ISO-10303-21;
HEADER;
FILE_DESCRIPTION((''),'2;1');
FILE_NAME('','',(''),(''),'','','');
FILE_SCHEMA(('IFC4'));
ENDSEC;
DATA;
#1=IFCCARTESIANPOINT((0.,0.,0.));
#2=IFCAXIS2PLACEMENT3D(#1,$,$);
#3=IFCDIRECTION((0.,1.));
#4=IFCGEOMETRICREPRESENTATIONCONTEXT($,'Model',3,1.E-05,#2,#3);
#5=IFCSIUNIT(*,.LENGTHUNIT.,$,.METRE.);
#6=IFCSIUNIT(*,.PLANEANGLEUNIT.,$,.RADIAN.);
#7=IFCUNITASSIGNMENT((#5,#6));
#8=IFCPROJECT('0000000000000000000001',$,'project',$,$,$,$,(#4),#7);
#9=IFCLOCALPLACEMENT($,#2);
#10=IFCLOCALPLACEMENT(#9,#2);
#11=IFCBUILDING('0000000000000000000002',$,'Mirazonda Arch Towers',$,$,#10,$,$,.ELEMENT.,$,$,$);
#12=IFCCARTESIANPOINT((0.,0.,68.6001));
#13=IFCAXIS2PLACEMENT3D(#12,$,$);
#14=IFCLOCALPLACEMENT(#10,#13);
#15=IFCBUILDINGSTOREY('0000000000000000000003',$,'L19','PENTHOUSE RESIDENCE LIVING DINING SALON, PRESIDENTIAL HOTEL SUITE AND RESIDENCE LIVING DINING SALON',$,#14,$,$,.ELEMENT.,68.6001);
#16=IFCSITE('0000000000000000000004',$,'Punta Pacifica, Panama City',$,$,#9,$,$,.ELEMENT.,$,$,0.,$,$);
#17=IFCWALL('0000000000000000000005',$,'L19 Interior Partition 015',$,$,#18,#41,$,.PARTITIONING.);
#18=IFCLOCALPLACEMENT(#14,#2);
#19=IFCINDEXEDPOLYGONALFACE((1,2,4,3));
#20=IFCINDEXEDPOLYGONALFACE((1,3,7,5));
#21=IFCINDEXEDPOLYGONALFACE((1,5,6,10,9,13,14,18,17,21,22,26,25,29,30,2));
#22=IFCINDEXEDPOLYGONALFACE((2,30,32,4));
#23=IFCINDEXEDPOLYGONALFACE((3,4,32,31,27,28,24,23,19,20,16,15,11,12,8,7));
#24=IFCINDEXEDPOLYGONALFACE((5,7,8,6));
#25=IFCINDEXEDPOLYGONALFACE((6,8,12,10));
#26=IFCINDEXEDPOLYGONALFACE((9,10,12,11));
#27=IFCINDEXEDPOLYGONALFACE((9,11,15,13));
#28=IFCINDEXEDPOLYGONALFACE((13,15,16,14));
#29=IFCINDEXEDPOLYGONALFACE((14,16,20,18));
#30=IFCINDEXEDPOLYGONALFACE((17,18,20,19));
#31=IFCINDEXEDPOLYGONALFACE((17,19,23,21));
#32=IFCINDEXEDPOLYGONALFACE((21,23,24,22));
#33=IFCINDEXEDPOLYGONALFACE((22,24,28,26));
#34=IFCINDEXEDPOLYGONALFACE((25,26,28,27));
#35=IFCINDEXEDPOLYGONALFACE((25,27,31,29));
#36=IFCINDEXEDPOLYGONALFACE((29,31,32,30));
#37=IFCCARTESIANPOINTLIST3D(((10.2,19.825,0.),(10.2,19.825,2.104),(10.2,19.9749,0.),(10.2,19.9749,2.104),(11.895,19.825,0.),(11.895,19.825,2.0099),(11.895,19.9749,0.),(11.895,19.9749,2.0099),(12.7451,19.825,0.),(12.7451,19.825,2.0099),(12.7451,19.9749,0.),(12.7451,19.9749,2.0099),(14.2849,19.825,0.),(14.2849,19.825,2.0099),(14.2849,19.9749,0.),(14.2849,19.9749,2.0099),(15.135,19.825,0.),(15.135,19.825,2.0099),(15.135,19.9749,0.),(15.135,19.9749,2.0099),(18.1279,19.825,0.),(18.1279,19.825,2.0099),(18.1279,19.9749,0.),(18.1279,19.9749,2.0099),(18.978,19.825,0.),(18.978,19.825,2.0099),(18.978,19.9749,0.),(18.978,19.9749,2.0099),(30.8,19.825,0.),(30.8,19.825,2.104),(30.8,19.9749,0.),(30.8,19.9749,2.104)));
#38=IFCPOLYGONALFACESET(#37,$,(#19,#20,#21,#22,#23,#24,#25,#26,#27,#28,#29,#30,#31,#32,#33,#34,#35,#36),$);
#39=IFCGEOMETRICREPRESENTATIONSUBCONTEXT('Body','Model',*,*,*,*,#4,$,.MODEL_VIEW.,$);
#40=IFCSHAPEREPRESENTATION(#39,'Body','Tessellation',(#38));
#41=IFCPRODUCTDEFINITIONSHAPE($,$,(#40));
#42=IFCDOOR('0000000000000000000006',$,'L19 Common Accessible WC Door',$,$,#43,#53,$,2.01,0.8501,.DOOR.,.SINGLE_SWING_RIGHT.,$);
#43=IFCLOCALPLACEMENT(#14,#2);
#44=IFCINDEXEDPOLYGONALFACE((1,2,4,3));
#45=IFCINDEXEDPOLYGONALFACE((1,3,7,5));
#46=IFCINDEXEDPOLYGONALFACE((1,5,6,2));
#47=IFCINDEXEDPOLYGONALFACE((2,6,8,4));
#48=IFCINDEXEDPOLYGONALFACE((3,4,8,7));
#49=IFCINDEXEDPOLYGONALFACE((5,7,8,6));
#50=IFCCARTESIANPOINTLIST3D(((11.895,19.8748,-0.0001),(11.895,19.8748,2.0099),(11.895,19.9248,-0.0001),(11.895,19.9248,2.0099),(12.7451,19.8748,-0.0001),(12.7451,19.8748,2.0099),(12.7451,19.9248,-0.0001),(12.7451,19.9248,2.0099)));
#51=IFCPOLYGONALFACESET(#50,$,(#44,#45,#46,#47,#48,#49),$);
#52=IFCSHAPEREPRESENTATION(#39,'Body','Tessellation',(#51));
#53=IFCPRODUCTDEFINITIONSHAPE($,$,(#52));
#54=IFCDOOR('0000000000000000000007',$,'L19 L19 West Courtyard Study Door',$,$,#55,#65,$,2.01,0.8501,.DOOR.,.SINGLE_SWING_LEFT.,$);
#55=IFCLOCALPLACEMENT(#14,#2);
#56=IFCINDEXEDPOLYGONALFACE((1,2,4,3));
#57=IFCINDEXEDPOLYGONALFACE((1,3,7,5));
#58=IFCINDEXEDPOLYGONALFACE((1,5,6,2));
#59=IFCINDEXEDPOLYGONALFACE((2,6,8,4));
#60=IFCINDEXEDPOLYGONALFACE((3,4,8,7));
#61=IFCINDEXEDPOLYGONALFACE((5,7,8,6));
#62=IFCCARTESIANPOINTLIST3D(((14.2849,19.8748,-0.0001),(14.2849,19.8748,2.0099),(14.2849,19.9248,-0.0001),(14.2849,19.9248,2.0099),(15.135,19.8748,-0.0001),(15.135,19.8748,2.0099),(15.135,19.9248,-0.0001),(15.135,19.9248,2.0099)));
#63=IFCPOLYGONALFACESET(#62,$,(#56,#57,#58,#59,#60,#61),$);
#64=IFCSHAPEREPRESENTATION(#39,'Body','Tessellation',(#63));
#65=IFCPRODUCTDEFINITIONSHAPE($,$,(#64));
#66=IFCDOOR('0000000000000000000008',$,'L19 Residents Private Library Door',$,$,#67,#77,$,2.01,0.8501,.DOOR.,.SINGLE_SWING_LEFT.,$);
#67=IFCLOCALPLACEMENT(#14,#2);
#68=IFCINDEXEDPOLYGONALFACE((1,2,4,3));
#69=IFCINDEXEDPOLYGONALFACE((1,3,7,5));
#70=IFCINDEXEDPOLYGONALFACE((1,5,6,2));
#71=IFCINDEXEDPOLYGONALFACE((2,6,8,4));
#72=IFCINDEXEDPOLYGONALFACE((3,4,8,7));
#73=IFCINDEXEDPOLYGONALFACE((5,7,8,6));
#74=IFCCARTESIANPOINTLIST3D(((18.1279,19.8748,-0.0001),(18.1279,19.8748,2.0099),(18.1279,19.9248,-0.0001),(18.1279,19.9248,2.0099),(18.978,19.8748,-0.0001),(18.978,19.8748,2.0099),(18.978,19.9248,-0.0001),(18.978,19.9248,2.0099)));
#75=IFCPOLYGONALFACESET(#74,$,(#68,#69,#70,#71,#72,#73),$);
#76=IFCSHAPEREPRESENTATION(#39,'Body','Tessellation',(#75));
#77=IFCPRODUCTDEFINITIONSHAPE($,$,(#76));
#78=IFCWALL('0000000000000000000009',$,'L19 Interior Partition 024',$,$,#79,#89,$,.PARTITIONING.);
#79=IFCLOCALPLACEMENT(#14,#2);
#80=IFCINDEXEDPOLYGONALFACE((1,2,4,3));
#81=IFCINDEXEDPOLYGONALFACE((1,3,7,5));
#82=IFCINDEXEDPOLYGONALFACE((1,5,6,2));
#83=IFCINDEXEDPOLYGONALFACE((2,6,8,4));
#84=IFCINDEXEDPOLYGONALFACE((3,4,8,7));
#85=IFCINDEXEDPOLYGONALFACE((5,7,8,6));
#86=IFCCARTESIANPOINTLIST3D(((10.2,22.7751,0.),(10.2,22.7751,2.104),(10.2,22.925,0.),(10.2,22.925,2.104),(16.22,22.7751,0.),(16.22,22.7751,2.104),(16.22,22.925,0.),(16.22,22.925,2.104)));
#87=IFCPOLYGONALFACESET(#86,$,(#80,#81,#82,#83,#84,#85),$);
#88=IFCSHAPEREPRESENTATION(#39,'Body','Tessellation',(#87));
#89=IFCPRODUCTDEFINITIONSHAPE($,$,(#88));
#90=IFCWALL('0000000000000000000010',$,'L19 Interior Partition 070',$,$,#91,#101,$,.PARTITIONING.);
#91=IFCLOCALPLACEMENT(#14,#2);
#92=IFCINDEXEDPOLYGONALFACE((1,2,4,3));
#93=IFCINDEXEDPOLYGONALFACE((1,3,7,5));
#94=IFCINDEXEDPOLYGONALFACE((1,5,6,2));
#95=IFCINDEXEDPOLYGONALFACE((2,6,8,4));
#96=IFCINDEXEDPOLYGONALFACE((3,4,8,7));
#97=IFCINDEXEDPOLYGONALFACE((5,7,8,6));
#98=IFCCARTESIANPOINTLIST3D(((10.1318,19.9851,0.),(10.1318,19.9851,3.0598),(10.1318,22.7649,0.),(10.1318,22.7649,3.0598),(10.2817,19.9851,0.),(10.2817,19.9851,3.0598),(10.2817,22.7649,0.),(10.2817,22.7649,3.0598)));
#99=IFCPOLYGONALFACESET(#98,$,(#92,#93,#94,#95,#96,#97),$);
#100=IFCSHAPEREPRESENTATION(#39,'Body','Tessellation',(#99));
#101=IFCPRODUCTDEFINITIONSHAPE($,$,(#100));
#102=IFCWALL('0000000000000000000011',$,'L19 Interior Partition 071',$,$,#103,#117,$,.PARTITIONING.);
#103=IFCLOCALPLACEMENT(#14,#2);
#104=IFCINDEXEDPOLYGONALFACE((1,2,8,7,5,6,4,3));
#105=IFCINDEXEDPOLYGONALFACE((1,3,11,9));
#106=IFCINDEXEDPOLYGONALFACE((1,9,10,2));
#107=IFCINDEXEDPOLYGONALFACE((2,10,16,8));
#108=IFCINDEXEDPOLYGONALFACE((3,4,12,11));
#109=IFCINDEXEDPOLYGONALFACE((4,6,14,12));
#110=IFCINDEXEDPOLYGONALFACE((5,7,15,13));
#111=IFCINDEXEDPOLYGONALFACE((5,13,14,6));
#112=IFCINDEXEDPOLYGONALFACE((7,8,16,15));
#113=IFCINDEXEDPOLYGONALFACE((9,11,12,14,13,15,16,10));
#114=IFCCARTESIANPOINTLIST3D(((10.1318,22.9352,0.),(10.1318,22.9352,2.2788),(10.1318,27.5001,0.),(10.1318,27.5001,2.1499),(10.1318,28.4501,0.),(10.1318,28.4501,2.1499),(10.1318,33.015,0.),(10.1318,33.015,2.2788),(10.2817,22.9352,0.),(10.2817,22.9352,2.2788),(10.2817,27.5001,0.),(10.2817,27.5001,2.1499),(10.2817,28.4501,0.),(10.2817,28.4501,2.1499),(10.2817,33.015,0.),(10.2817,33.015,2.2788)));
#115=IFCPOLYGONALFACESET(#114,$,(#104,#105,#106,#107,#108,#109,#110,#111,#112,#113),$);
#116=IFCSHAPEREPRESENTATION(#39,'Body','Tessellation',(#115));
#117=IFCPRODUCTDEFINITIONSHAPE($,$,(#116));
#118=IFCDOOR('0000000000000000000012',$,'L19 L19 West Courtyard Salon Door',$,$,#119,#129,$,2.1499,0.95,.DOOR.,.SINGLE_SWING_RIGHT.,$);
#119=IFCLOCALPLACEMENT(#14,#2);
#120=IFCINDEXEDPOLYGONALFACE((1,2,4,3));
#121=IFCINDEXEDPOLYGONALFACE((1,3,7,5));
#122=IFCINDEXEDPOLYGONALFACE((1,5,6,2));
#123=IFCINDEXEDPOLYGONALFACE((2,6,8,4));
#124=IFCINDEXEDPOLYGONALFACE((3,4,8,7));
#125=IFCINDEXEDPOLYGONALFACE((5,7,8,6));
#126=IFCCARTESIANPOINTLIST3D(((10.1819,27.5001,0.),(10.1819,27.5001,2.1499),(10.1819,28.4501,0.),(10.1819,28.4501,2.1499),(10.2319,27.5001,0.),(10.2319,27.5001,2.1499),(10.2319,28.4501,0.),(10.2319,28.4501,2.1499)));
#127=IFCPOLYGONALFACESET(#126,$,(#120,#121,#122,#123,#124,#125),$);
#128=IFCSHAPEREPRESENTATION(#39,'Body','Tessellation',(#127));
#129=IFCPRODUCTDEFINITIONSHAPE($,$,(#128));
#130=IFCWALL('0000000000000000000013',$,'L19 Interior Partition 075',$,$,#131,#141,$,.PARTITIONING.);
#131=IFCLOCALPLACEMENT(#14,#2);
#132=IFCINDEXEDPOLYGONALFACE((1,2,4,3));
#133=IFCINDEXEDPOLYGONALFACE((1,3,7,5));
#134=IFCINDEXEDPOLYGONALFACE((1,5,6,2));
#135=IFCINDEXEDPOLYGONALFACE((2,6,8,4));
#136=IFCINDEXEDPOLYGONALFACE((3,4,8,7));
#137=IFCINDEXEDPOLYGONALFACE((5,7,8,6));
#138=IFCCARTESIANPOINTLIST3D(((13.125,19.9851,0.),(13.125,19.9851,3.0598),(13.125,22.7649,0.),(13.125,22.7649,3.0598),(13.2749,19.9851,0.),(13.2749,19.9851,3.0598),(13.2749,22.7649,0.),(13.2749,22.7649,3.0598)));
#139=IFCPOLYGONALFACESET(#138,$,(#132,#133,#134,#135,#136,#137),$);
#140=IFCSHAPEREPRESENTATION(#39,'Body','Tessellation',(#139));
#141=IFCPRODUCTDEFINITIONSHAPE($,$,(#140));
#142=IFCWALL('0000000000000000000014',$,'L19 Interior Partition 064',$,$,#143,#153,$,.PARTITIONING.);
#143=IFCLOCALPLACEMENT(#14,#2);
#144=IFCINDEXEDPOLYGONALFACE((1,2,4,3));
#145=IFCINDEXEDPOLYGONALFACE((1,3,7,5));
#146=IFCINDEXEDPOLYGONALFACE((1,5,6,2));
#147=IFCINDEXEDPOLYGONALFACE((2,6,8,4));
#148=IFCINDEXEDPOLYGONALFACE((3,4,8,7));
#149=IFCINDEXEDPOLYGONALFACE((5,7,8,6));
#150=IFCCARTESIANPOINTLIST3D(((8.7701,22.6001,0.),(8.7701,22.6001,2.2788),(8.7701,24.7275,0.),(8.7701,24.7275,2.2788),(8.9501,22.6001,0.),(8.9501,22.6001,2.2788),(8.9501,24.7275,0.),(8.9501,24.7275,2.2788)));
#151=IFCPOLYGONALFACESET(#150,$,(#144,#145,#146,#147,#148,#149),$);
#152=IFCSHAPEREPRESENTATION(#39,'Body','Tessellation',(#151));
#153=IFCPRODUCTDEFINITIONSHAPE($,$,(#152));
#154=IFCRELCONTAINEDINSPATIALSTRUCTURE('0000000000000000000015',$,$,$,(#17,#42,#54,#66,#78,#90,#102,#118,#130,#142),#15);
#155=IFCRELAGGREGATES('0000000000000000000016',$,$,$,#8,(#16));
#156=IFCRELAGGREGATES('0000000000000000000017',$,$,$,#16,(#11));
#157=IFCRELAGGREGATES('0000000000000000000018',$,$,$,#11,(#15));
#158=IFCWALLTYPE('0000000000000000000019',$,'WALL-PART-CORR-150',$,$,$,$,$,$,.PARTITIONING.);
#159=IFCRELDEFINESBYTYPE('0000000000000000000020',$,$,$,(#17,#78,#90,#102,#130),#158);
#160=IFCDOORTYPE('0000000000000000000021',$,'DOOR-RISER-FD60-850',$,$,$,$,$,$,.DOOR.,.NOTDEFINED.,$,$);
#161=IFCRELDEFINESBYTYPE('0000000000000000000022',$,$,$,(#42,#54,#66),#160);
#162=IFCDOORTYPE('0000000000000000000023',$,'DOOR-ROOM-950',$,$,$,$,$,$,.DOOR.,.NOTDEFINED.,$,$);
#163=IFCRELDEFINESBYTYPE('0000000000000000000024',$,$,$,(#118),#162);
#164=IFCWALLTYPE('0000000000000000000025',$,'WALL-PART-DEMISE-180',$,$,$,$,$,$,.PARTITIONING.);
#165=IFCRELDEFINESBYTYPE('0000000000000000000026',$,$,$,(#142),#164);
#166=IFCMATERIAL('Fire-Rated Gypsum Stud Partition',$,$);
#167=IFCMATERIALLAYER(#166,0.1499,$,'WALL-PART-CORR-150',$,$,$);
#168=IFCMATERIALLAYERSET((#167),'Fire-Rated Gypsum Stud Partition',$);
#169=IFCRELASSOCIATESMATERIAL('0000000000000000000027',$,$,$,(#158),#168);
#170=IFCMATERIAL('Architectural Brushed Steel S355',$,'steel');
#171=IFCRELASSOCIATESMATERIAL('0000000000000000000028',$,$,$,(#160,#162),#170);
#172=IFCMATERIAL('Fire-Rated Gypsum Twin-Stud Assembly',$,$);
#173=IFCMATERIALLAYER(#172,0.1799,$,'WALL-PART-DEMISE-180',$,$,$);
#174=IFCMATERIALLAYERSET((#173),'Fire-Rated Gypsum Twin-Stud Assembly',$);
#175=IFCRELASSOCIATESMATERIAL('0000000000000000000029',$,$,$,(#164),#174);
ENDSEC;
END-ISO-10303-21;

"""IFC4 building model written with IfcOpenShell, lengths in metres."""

from ifc_helpers import new_model, si_unit, direction, frame, frame_2d, origin, place, context, subcontext, project, spatial, rectangle, extrude, material, layer, layer_set, type_object, element, fill, save


model = new_model("IFC4")

# Units and contexts
model_context = context("Model", 3, precision=1e-05, world=origin(), true_north=direction((0.0, 1.0)))
body_context = subcontext(model_context, "Body", "Model", "MODEL_VIEW")
ifc_project = project(units=[si_unit("LENGTHUNIT", "METRE"), si_unit("PLANEANGLEUNIT", "RADIAN")], contexts=[model_context])

# Site, building, storey
site_placement = place(None, origin())
site = spatial("IfcSite", under=ifc_project, at=site_placement, Name="Punta Pacifica, Panama City", CompositionType="ELEMENT", RefElevation=0.0)
building_placement = place(site_placement, origin())
building = spatial("IfcBuilding", under=site, at=building_placement, Name="Mirazonda Arch Towers", CompositionType="ELEMENT")
storey_placement = place(building_placement, frame((0.0, 0.0, 68.6001)))
storey = spatial("IfcBuildingStorey", under=building, at=storey_placement, Name="L19", Description="PENTHOUSE RESIDENCE LIVING DINING SALON, PRESIDENTIAL HOTEL SUITE AND RESIDENCE LIVING DINING SALON", CompositionType="ELEMENT", Elevation=68.6001)

# Shared definitions
ifc_material_1 = material(Name="Architectural Brushed Steel S355", Category="steel")

# Shared definitions
ifc_material_2 = material(Name="Fire-Rated Gypsum Stud Partition")
ifc_layer_1 = layer(ifc_material_2, 0.1499, Name="WALL-PART-CORR-150")
ifc_layer_set_1 = layer_set([ifc_layer_1], Name="Fire-Rated Gypsum Stud Partition")
wall_type_1 = type_object("IfcWallType", Name="WALL-PART-CORR-150", PredefinedType="PARTITIONING", material=ifc_layer_set_1)

# Wall, openings, doors
wall_1_placement = place(storey_placement, frame((10.2, 19.8999, 0.0), z_axis=(0.0, 0.0, 1.0), x_axis=(1.0, 0.0, 0.0)))
wall_1 = element("IfcWall", 1, at=wall_1_placement, inside=storey, type_object=wall_type_1, Name="L19 Interior Partition 015", PredefinedType="PARTITIONING", context=body_context, shape_type="SweptSolid", body=[
    extrude(rectangle(XDim=20.6001, YDim=0.1499, at=frame_2d((10.3, 0.0))), origin(), (0.0, 0.0, 1.0), 2.104),
])
opening_1_placement = place(wall_1_placement, frame((1.6951, 0.0, 0.0)))
opening_1 = element("IfcOpeningElement", 2, at=opening_1_placement, cuts=wall_1, PredefinedType="OPENING", context=body_context, shape_type="SweptSolid", body=[
    extrude(rectangle(XDim=0.8501, YDim=2.01, at=frame_2d((0.425, 1.0049))), frame((0.0, 0.085, 0.0), z_axis=(0.0, -1.0, 0.0), x_axis=(1.0, 0.0, 0.0)), (0.0, 0.0, 1.0), 0.1699),
])
opening_2_placement = place(wall_1_placement, frame((4.085, 0.0, 0.0)))
opening_2 = element("IfcOpeningElement", 3, at=opening_2_placement, cuts=wall_1, PredefinedType="OPENING", context=body_context, shape_type="SweptSolid", body=[
    extrude(rectangle(XDim=0.8501, YDim=2.01, at=frame_2d((0.425, 1.0049))), frame((0.0, 0.085, 0.0), z_axis=(0.0, -1.0, 0.0), x_axis=(1.0, 0.0, 0.0)), (0.0, 0.0, 1.0), 0.1699),
])
opening_3_placement = place(wall_1_placement, frame((7.928, 0.0, 0.0)))
opening_3 = element("IfcOpeningElement", 4, at=opening_3_placement, cuts=wall_1, PredefinedType="OPENING", context=body_context, shape_type="SweptSolid", body=[
    extrude(rectangle(XDim=0.8501, YDim=2.01, at=frame_2d((0.425, 1.0049))), frame((0.0, 0.085, 0.0), z_axis=(0.0, -1.0, 0.0), x_axis=(1.0, 0.0, 0.0)), (0.0, 0.0, 1.0), 0.1699),
])
door_type_1 = type_object("IfcDoorType", Name="DOOR-RISER-FD60-850", OperationType="NOTDEFINED", PredefinedType="DOOR", material=ifc_material_1)
door_1_placement = place(opening_1_placement, origin())
door_1 = element("IfcDoor", 5, at=door_1_placement, inside=storey, type_object=door_type_1, Name="L19 Common Accessible WC Door", OperationType="SINGLE_SWING_RIGHT", OverallHeight=2.01, OverallWidth=0.8501, PredefinedType="DOOR", context=body_context, shape_type="SweptSolid", body=[
    extrude(rectangle(XDim=0.8501, YDim=2.01, at=frame_2d((0.425, 1.0049))), frame((0.0, 0.0249, 0.0), z_axis=(0.0, -1.0, 0.0), x_axis=(1.0, 0.0, 0.0)), (0.0, 0.0, 1.0), 0.05),
])
fill(opening_1, door_1)
door_2_placement = place(opening_2_placement, origin())
door_2 = element("IfcDoor", 6, at=door_2_placement, inside=storey, type_object=door_type_1, Name="L19 L19 West Courtyard Study Door", OperationType="SINGLE_SWING_LEFT", OverallHeight=2.01, OverallWidth=0.8501, PredefinedType="DOOR", context=body_context, shape_type="SweptSolid", body=[
    extrude(rectangle(XDim=0.8501, YDim=2.01, at=frame_2d((0.425, 1.0049))), frame((0.0, 0.0249, 0.0), z_axis=(0.0, -1.0, 0.0), x_axis=(1.0, 0.0, 0.0)), (0.0, 0.0, 1.0), 0.05),
])
fill(opening_2, door_2)
door_3_placement = place(opening_3_placement, origin())
door_3 = element("IfcDoor", 7, at=door_3_placement, inside=storey, type_object=door_type_1, Name="L19 Residents Private Library Door", OperationType="SINGLE_SWING_LEFT", OverallHeight=2.01, OverallWidth=0.8501, PredefinedType="DOOR", context=body_context, shape_type="SweptSolid", body=[
    extrude(rectangle(XDim=0.8501, YDim=2.01, at=frame_2d((0.425, 1.0049))), frame((0.0, 0.0249, 0.0), z_axis=(0.0, -1.0, 0.0), x_axis=(1.0, 0.0, 0.0)), (0.0, 0.0, 1.0), 0.05),
])
fill(opening_3, door_3)

# Walls
wall_2_placement = place(storey_placement, frame((10.2, 22.8501, 0.0), z_axis=(0.0, 0.0, 1.0), x_axis=(1.0, 0.0, 0.0)))
element("IfcWall", 8, at=wall_2_placement, inside=storey, type_object=wall_type_1, Name="L19 Interior Partition 024", PredefinedType="PARTITIONING", context=body_context, shape_type="SweptSolid", body=[
    extrude(rectangle(XDim=6.02, YDim=0.1499, at=frame_2d((3.01, 0.0))), origin(), (0.0, 0.0, 1.0), 2.104),
])
wall_3_placement = place(storey_placement, frame((10.2068, 19.9851, 0.0), z_axis=(0.0, 0.0, 1.0), x_axis=(0.0, 1.0, 0.0)))
element("IfcWall", 9, at=wall_3_placement, inside=storey, type_object=wall_type_1, Name="L19 Interior Partition 070", PredefinedType="PARTITIONING", context=body_context, shape_type="SweptSolid", body=[
    extrude(rectangle(XDim=2.7798, YDim=0.1499, at=frame_2d((1.3899, 0.0))), origin(), (0.0, 0.0, 1.0), 3.0598),
])

# Wall, opening, door
wall_4_placement = place(storey_placement, frame((10.2068, 22.9351, 0.0), z_axis=(0.0, 0.0, 1.0), x_axis=(0.0, 1.0, 0.0)))
wall_4 = element("IfcWall", 10, at=wall_4_placement, inside=storey, type_object=wall_type_1, Name="L19 Interior Partition 071", PredefinedType="PARTITIONING", context=body_context, shape_type="SweptSolid", body=[
    extrude(rectangle(XDim=10.0798, YDim=0.1499, at=frame_2d((5.04, 0.0))), origin(), (0.0, 0.0, 1.0), 2.2788),
])
opening_4_placement = place(wall_4_placement, frame((4.5649, 0.0, 0.0)))
opening_4 = element("IfcOpeningElement", 11, at=opening_4_placement, cuts=wall_4, PredefinedType="OPENING", context=body_context, shape_type="SweptSolid", body=[
    extrude(rectangle(XDim=0.95, YDim=2.1499, at=frame_2d((0.4751, 1.075))), frame((0.0, 0.085, 0.0), z_axis=(0.0, -1.0, 0.0), x_axis=(1.0, 0.0, 0.0)), (0.0, 0.0, 1.0), 0.1699),
])
door_type_2 = type_object("IfcDoorType", Name="DOOR-ROOM-950", OperationType="NOTDEFINED", PredefinedType="DOOR", material=ifc_material_1)
door_4_placement = place(opening_4_placement, origin())
door_4 = element("IfcDoor", 12, at=door_4_placement, inside=storey, type_object=door_type_2, Name="L19 L19 West Courtyard Salon Door", OperationType="SINGLE_SWING_RIGHT", OverallHeight=2.1499, OverallWidth=0.95, PredefinedType="DOOR", context=body_context, shape_type="SweptSolid", body=[
    extrude(rectangle(XDim=0.95, YDim=2.1499, at=frame_2d((0.4751, 1.075))), frame((0.0, 0.0249, 0.0), z_axis=(0.0, -1.0, 0.0), x_axis=(1.0, 0.0, 0.0)), (0.0, 0.0, 1.0), 0.05),
])
fill(opening_4, door_4)

# Walls
wall_5_placement = place(storey_placement, frame((13.2, 19.9851, 0.0), z_axis=(0.0, 0.0, 1.0), x_axis=(0.0, 1.0, 0.0)))
element("IfcWall", 13, at=wall_5_placement, inside=storey, type_object=wall_type_1, Name="L19 Interior Partition 075", PredefinedType="PARTITIONING", context=body_context, shape_type="SweptSolid", body=[
    extrude(rectangle(XDim=2.7798, YDim=0.1499, at=frame_2d((1.3899, 0.0))), origin(), (0.0, 0.0, 1.0), 3.0598),
])
ifc_material_3 = material(Name="Fire-Rated Gypsum Twin-Stud Assembly")
ifc_layer_2 = layer(ifc_material_3, 0.1799, Name="WALL-PART-DEMISE-180")
ifc_layer_set_2 = layer_set([ifc_layer_2], Name="Fire-Rated Gypsum Twin-Stud Assembly")
wall_type_2 = type_object("IfcWallType", Name="WALL-PART-DEMISE-180", PredefinedType="PARTITIONING", material=ifc_layer_set_2)
wall_6_placement = place(storey_placement, frame((8.8601, 22.6001, 0.0), z_axis=(0.0, 0.0, 1.0), x_axis=(0.0, 1.0, 0.0)))
element("IfcWall", 14, at=wall_6_placement, inside=storey, type_object=wall_type_2, Name="L19 Interior Partition 064", PredefinedType="PARTITIONING", context=body_context, shape_type="SweptSolid", body=[
    extrude(rectangle(XDim=2.1274, YDim=0.1799, at=frame_2d((1.0637, 0.0))), origin(), (0.0, 0.0, 1.0), 2.2788),
])

save(model, "model.ifc")
